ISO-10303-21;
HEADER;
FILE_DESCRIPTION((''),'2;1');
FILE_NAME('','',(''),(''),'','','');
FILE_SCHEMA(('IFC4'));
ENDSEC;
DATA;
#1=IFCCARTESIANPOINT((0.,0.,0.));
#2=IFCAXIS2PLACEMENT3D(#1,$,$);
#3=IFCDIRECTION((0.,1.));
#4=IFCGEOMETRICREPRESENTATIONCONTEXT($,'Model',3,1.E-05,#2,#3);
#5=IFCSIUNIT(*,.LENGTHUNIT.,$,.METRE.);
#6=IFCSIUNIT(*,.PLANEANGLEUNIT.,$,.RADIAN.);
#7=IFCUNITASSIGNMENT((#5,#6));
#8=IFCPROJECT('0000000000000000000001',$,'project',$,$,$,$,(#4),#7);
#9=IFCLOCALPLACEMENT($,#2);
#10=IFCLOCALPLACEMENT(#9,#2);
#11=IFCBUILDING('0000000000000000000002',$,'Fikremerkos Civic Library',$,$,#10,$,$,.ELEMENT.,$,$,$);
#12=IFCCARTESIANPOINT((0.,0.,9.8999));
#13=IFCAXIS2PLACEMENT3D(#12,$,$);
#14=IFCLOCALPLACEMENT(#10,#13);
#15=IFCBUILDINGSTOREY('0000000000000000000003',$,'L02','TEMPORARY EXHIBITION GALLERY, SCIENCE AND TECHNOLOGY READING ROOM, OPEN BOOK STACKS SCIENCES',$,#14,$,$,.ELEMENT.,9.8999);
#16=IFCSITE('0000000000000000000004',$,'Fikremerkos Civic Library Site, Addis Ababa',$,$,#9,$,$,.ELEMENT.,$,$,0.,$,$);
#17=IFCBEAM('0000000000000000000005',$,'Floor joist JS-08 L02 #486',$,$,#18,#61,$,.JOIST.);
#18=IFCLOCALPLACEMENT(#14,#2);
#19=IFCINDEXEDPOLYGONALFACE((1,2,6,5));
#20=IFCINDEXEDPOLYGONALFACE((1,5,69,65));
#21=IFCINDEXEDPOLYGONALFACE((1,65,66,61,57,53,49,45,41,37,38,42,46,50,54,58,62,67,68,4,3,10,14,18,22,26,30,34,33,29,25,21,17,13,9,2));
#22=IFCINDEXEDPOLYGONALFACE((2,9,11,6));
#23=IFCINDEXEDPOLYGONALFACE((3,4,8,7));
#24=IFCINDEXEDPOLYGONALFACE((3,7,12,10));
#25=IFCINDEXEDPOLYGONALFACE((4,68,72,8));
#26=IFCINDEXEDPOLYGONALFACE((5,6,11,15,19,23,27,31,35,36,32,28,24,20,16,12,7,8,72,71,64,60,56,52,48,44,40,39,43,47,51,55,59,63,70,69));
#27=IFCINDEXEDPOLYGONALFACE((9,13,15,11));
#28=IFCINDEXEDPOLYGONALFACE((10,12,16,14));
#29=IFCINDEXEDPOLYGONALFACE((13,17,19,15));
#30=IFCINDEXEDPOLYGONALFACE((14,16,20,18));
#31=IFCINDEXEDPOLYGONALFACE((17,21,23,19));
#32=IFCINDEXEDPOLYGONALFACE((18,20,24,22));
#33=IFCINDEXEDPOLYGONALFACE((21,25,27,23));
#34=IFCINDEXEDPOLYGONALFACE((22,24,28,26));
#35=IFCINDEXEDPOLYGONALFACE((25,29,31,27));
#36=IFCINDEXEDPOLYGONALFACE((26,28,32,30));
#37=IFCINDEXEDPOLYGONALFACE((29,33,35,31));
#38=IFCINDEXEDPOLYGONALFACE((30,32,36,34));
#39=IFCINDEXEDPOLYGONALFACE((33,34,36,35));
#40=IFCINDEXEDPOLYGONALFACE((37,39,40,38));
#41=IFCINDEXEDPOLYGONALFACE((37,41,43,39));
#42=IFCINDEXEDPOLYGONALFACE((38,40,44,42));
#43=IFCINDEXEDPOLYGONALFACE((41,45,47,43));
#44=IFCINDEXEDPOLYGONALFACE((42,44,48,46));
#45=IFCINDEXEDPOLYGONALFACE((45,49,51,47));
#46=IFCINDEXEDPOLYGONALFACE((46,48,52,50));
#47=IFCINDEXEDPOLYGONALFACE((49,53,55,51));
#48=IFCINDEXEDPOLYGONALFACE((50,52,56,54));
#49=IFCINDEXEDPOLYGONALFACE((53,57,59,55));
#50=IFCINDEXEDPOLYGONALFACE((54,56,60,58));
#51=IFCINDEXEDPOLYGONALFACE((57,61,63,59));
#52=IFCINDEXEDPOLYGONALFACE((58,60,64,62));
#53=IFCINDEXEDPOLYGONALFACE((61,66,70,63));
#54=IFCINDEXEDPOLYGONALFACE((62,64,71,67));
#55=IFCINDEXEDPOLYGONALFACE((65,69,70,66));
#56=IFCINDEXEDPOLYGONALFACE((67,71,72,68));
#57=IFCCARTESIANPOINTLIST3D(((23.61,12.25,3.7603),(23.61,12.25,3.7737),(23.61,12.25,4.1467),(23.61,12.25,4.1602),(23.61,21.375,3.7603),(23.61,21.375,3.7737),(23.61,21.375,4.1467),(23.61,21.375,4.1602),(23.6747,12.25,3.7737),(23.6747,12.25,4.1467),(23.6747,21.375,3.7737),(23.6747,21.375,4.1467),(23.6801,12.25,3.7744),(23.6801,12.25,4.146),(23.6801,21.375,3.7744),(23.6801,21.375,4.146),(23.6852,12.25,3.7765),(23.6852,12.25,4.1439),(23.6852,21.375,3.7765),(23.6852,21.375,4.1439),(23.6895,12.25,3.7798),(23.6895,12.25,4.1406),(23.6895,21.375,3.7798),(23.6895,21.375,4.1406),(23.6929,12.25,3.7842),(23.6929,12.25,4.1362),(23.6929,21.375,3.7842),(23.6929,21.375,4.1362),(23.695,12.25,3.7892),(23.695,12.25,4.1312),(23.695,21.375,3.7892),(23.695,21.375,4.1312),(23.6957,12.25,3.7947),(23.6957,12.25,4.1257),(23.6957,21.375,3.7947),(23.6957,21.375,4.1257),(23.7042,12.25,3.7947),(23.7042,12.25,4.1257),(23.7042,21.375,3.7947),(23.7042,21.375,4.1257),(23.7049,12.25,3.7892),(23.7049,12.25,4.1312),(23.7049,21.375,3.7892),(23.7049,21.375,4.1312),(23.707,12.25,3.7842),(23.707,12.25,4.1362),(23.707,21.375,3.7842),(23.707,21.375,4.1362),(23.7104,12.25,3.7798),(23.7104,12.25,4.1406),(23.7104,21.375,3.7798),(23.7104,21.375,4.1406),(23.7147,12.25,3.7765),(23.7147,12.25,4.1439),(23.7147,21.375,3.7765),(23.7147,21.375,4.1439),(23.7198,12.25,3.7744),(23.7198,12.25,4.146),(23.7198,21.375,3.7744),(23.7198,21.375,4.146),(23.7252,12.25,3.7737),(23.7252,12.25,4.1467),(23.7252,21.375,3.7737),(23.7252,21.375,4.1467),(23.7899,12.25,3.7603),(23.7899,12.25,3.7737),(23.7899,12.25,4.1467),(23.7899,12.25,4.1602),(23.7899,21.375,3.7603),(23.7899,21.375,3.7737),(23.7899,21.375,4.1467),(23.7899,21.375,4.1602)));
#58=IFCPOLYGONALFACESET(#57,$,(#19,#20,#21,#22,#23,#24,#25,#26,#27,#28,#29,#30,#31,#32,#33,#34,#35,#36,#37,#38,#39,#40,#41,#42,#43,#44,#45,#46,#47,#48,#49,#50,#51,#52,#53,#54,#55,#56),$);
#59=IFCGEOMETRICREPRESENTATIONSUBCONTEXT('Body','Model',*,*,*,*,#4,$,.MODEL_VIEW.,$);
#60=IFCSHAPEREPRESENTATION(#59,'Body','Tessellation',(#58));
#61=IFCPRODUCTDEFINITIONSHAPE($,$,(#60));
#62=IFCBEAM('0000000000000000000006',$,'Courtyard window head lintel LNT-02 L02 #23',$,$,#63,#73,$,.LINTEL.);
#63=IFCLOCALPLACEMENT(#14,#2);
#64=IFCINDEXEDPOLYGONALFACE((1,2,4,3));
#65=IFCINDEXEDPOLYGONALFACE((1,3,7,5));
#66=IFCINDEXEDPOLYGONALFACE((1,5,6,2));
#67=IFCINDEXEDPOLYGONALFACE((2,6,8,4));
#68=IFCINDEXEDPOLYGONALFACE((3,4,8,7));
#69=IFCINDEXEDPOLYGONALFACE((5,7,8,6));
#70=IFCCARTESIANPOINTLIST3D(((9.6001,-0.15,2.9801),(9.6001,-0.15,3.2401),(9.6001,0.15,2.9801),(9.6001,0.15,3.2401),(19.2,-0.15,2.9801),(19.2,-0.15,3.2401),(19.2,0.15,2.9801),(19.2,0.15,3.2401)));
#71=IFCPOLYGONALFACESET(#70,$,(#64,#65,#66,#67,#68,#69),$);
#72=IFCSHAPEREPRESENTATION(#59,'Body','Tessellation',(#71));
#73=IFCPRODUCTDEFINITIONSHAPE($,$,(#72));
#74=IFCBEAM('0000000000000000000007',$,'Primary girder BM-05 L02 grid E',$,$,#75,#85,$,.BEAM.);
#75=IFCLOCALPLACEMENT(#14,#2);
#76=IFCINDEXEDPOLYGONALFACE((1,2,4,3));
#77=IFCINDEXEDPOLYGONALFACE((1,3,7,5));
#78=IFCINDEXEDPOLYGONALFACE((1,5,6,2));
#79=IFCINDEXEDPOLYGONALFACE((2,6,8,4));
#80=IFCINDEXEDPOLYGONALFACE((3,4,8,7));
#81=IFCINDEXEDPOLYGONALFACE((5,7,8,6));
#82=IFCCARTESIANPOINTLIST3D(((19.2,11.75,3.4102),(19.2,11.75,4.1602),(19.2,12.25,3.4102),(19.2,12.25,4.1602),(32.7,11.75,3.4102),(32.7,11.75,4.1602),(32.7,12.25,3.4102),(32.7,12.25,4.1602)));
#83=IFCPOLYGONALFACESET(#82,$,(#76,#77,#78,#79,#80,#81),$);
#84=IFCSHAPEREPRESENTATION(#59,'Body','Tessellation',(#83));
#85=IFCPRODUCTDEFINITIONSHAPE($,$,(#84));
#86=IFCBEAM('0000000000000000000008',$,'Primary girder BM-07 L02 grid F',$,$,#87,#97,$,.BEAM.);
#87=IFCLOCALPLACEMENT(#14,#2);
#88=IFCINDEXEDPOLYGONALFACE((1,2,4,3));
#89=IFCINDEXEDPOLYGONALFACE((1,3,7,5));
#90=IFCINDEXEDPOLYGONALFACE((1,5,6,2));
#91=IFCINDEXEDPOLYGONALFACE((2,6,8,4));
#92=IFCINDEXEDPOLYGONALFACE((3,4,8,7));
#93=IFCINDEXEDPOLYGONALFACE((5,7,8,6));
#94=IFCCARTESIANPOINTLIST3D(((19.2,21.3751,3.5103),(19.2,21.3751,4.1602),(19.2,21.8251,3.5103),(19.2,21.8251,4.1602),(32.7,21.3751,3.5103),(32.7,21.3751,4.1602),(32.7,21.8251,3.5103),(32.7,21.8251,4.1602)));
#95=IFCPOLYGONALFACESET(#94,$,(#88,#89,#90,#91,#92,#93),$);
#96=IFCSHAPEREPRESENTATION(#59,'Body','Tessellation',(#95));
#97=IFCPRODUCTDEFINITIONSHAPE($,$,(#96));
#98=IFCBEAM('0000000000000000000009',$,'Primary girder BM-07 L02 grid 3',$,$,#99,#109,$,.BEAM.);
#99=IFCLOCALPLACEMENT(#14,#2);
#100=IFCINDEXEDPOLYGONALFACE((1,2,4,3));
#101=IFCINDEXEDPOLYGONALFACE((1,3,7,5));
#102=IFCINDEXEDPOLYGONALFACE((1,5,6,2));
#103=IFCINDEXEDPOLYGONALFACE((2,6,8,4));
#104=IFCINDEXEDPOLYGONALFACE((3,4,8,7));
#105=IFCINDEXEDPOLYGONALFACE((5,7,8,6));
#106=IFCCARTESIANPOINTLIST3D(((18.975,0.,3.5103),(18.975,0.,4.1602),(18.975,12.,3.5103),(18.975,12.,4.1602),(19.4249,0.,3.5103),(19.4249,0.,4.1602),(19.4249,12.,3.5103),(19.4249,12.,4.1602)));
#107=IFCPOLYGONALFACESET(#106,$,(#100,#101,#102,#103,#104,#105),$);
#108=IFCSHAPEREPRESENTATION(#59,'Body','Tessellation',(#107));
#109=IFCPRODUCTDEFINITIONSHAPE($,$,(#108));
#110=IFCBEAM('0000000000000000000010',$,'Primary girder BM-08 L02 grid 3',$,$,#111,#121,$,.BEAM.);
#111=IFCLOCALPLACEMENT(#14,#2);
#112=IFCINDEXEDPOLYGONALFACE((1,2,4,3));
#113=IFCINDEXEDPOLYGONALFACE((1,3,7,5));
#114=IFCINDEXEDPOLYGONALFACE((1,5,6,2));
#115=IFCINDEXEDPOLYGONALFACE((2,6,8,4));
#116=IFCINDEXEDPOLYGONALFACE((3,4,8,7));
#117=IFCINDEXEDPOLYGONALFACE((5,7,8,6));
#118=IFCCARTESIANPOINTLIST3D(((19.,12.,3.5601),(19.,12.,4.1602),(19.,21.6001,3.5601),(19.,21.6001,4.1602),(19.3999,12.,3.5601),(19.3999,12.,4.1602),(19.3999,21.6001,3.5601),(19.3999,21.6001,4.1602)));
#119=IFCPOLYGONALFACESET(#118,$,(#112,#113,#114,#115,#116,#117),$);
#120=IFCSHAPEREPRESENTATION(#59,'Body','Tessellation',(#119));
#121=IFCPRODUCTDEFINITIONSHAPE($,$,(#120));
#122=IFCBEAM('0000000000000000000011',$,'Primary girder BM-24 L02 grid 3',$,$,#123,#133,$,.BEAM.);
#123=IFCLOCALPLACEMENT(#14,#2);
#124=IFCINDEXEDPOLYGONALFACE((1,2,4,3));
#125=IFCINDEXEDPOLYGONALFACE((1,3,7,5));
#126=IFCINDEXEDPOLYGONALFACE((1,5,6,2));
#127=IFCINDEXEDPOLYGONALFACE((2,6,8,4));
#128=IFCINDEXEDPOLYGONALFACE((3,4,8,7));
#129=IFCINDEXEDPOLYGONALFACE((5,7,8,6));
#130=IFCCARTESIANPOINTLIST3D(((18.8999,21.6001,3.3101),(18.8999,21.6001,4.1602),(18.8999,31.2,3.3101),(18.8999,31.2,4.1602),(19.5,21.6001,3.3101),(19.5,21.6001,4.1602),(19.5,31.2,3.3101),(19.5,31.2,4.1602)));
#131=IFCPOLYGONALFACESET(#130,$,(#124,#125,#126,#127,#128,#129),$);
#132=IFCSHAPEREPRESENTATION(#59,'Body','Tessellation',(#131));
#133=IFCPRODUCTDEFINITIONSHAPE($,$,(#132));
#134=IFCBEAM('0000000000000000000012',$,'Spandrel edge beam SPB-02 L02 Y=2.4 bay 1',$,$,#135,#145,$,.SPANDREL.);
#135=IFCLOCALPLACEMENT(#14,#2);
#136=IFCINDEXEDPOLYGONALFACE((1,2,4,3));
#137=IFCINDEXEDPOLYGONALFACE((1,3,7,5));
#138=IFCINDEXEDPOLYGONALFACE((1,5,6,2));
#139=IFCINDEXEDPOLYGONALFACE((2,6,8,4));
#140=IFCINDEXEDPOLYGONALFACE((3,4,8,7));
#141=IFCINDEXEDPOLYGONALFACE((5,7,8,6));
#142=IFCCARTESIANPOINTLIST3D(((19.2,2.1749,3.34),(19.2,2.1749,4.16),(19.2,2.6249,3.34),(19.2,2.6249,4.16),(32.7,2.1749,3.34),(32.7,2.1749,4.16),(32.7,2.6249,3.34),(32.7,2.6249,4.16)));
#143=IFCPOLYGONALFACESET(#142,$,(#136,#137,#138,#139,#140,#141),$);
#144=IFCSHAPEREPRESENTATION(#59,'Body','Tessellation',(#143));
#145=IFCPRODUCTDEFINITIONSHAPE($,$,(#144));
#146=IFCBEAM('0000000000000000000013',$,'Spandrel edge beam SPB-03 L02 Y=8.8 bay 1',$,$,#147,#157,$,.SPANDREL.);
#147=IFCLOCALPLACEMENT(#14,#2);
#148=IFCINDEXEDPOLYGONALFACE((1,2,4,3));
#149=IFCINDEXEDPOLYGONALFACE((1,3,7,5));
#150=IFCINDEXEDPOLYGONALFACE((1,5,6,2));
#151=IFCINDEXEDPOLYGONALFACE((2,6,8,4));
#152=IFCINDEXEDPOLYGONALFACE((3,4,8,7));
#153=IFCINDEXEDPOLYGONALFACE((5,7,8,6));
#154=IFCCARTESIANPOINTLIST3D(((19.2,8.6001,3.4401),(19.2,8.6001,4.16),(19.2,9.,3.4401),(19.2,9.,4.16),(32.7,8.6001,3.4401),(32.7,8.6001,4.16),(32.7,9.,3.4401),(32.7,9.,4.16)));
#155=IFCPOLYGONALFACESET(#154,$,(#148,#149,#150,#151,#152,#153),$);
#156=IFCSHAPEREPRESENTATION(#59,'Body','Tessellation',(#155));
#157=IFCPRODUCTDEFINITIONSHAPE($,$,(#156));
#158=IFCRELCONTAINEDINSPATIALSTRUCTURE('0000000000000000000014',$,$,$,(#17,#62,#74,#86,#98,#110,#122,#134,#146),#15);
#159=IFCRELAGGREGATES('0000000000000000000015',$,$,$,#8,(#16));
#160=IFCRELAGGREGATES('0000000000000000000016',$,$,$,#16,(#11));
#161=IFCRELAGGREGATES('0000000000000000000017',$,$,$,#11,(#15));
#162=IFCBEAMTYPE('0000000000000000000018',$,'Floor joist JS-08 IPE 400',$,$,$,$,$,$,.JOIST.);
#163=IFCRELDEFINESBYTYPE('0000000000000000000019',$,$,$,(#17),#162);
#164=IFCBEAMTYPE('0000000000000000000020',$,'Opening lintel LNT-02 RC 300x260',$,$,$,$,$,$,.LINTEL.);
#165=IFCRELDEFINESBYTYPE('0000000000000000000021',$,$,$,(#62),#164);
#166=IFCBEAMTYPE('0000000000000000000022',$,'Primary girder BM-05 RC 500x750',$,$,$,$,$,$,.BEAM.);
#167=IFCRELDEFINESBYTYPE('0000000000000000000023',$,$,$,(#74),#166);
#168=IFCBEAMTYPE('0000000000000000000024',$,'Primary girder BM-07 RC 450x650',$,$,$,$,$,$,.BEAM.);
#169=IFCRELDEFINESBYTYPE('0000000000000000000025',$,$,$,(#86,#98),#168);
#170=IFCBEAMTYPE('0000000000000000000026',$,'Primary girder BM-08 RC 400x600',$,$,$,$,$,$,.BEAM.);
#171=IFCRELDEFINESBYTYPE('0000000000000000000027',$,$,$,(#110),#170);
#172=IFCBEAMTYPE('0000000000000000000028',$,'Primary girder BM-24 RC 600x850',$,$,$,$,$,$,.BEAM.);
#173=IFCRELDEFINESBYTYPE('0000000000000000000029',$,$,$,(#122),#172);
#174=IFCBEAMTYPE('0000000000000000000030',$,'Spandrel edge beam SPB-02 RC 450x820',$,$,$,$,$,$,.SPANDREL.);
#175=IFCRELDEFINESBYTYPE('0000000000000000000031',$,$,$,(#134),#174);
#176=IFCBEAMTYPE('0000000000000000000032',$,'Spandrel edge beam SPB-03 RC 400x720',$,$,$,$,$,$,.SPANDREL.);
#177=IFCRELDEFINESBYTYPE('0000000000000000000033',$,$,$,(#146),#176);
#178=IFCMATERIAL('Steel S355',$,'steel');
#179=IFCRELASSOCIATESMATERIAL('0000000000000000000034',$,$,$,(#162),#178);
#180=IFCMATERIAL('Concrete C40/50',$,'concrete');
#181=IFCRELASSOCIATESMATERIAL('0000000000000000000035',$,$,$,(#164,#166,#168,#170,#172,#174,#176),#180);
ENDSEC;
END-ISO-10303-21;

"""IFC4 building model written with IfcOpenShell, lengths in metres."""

from ifc_helpers import new_model, si_unit, direction, frame, origin, origin_2d, place, context, subcontext, project, spatial, rectangle, i_section, extrude, material, material_profile, profile_set, type_object, element, save


model = new_model("IFC4")

# Units and contexts
model_context = context("Model", 3, precision=1e-05, world=origin(), true_north=direction((0.0, 1.0)))
body_context = subcontext(model_context, "Body", "Model", "MODEL_VIEW")
ifc_project = project(units=[si_unit("LENGTHUNIT", "METRE"), si_unit("PLANEANGLEUNIT", "RADIAN")], contexts=[model_context])

# Site, building, storey
site_placement = place(None, origin())
site = spatial("IfcSite", under=ifc_project, at=site_placement, Name="Fikremerkos Civic Library Site, Addis Ababa", CompositionType="ELEMENT", RefElevation=0.0)
building_placement = place(site_placement, origin())
building = spatial("IfcBuilding", under=site, at=building_placement, Name="Fikremerkos Civic Library", CompositionType="ELEMENT")
storey_placement = place(building_placement, frame((0.0, 0.0, 9.8999)))
storey = spatial("IfcBuildingStorey", under=building, at=storey_placement, Name="L02", Description="TEMPORARY EXHIBITION GALLERY, SCIENCE AND TECHNOLOGY READING ROOM, OPEN BOOK STACKS SCIENCES", CompositionType="ELEMENT", Elevation=9.8999)

# Shared definitions
ifc_material_1 = material(Name="Concrete C40/50", Category="concrete")
ifc_material_2 = material(Name="Steel S355", Category="steel")

# Beams
ifc_material_profile_1 = material_profile(ifc_material_2, i_section(OverallWidth=0.1799, OverallDepth=0.3999, WebThickness=0.0085, FlangeThickness=0.0134, FilletRadius=0.021, at=origin_2d()), Name="IPE 400")
ifc_profile_set_1 = profile_set([ifc_material_profile_1], Name="Steel S355")
beam_type_1 = type_object("IfcBeamType", Name="Floor joist JS-08 IPE 400", PredefinedType="JOIST", material=ifc_profile_set_1)
beam_1_placement = place(storey_placement, frame((23.7, 12.25, 3.9602), z_axis=(0.0, 1.0, 0.0), x_axis=(-1.0, 0.0, 0.0)))
element("IfcBeam", 1, at=beam_1_placement, inside=storey, type_object=beam_type_1, Name="Floor joist JS-08 L02 #486", PredefinedType="JOIST", context=body_context, shape_type="SweptSolid", body=[
    extrude(i_section(OverallWidth=0.1799, OverallDepth=0.3999, WebThickness=0.0085, FlangeThickness=0.0134, FilletRadius=0.021, at=origin_2d()), origin(), (0.0, 0.0, 1.0), 9.125),
])
ifc_material_profile_2 = material_profile(ifc_material_1, rectangle(XDim=0.3, YDim=0.26, at=origin_2d()), Name="RC 300x260")
ifc_profile_set_2 = profile_set([ifc_material_profile_2], Name="Concrete C40/50")
beam_type_2 = type_object("IfcBeamType", Name="Opening lintel LNT-02 RC 300x260", PredefinedType="LINTEL", material=ifc_profile_set_2)
beam_2_placement = place(storey_placement, frame((19.2, 0.0, 3.1101), z_axis=(-1.0, 0.0, 0.0), x_axis=(0.0, -1.0, 0.0)))
element("IfcBeam", 2, at=beam_2_placement, inside=storey, type_object=beam_type_2, Name="Courtyard window head lintel LNT-02 L02 #23", PredefinedType="LINTEL", context=body_context, shape_type="SweptSolid", body=[
    extrude(rectangle(XDim=0.3, YDim=0.26, at=origin_2d()), origin(), (0.0, 0.0, 1.0), 9.5999),
])
ifc_material_profile_3 = material_profile(ifc_material_1, rectangle(XDim=0.5, YDim=0.75, at=origin_2d()), Name="RC 500x750")
ifc_profile_set_3 = profile_set([ifc_material_profile_3], Name="Concrete C40/50")
beam_type_3 = type_object("IfcBeamType", Name="Primary girder BM-05 RC 500x750", PredefinedType="BEAM", material=ifc_profile_set_3)
beam_3_placement = place(storey_placement, frame((19.2, 12.0, 3.7852), z_axis=(1.0, 0.0, 0.0), x_axis=(0.0, 1.0, 0.0)))
element("IfcBeam", 3, at=beam_3_placement, inside=storey, type_object=beam_type_3, Name="Primary girder BM-05 L02 grid E", PredefinedType="BEAM", context=body_context, shape_type="SweptSolid", body=[
    extrude(rectangle(XDim=0.5, YDim=0.75, at=origin_2d()), origin(), (0.0, 0.0, 1.0), 13.5),
])
ifc_material_profile_4 = material_profile(ifc_material_1, rectangle(XDim=0.45, YDim=0.6499, at=origin_2d()), Name="RC 450x650")
ifc_profile_set_4 = profile_set([ifc_material_profile_4], Name="Concrete C40/50")
beam_type_4 = type_object("IfcBeamType", Name="Primary girder BM-07 RC 450x650", PredefinedType="BEAM", material=ifc_profile_set_4)
beam_4_placement = place(storey_placement, frame((19.2, 21.6001, 3.8352), z_axis=(1.0, 0.0, 0.0), x_axis=(0.0, 1.0, 0.0)))
element("IfcBeam", 4, at=beam_4_placement, inside=storey, type_object=beam_type_4, Name="Primary girder BM-07 L02 grid F", PredefinedType="BEAM", context=body_context, shape_type="SweptSolid", body=[
    extrude(rectangle(XDim=0.45, YDim=0.6499, at=origin_2d()), origin(), (0.0, 0.0, 1.0), 13.5),
])
beam_5_placement = place(storey_placement, frame((19.2, 0.0, 3.8352), z_axis=(0.0, 1.0, 0.0), x_axis=(-1.0, 0.0, 0.0)))
element("IfcBeam", 5, at=beam_5_placement, inside=storey, type_object=beam_type_4, Name="Primary girder BM-07 L02 grid 3", PredefinedType="BEAM", context=body_context, shape_type="SweptSolid", body=[
    extrude(rectangle(XDim=0.45, YDim=0.6499, at=origin_2d()), origin(), (0.0, 0.0, 1.0), 12.0),
])
ifc_material_profile_5 = material_profile(ifc_material_1, rectangle(XDim=0.3999, YDim=0.6001, at=origin_2d()), Name="RC 400x600")
ifc_profile_set_5 = profile_set([ifc_material_profile_5], Name="Concrete C40/50")
beam_type_5 = type_object("IfcBeamType", Name="Primary girder BM-08 RC 400x600", PredefinedType="BEAM", material=ifc_profile_set_5)
beam_6_placement = place(storey_placement, frame((19.2, 12.0, 3.8601), z_axis=(0.0, 1.0, 0.0), x_axis=(-1.0, 0.0, 0.0)))
element("IfcBeam", 6, at=beam_6_placement, inside=storey, type_object=beam_type_5, Name="Primary girder BM-08 L02 grid 3", PredefinedType="BEAM", context=body_context, shape_type="SweptSolid", body=[
    extrude(rectangle(XDim=0.3999, YDim=0.6001, at=origin_2d()), origin(), (0.0, 0.0, 1.0), 9.6001),
])
ifc_material_profile_6 = material_profile(ifc_material_1, rectangle(XDim=0.6001, YDim=0.8501, at=origin_2d()), Name="RC 600x850")
ifc_profile_set_6 = profile_set([ifc_material_profile_6], Name="Concrete C40/50")
beam_type_6 = type_object("IfcBeamType", Name="Primary girder BM-24 RC 600x850", PredefinedType="BEAM", material=ifc_profile_set_6)
beam_7_placement = place(storey_placement, frame((19.2, 21.6001, 3.7351), z_axis=(0.0, 1.0, 0.0), x_axis=(-1.0, 0.0, 0.0)))
element("IfcBeam", 7, at=beam_7_placement, inside=storey, type_object=beam_type_6, Name="Primary girder BM-24 L02 grid 3", PredefinedType="BEAM", context=body_context, shape_type="SweptSolid", body=[
    extrude(rectangle(XDim=0.6001, YDim=0.8501, at=origin_2d()), origin(), (0.0, 0.0, 1.0), 9.5999),
])
ifc_material_profile_7 = material_profile(ifc_material_1, rectangle(XDim=0.45, YDim=0.8201, at=origin_2d()), Name="RC 450x820")
ifc_profile_set_7 = profile_set([ifc_material_profile_7], Name="Concrete C40/50")
beam_type_7 = type_object("IfcBeamType", Name="Spandrel edge beam SPB-02 RC 450x820", PredefinedType="SPANDREL", material=ifc_profile_set_7)
beam_8_placement = place(storey_placement, frame((19.2, 2.3999, 3.75), z_axis=(1.0, 0.0, 0.0), x_axis=(0.0, 1.0, 0.0)))
element("IfcBeam", 8, at=beam_8_placement, inside=storey, type_object=beam_type_7, Name="Spandrel edge beam SPB-02 L02 Y=2.4 bay 1", PredefinedType="SPANDREL", context=body_context, shape_type="SweptSolid", body=[
    extrude(rectangle(XDim=0.45, YDim=0.8201, at=origin_2d()), origin(), (0.0, 0.0, 1.0), 13.5),
])
ifc_material_profile_8 = material_profile(ifc_material_1, rectangle(XDim=0.3999, YDim=0.72, at=origin_2d()), Name="RC 400x720")
ifc_profile_set_8 = profile_set([ifc_material_profile_8], Name="Concrete C40/50")
beam_type_8 = type_object("IfcBeamType", Name="Spandrel edge beam SPB-03 RC 400x720", PredefinedType="SPANDREL", material=ifc_profile_set_8)
beam_9_placement = place(storey_placement, frame((19.2, 8.8, 3.8), z_axis=(1.0, 0.0, 0.0), x_axis=(0.0, 1.0, 0.0)))
element("IfcBeam", 9, at=beam_9_placement, inside=storey, type_object=beam_type_8, Name="Spandrel edge beam SPB-03 L02 Y=8.8 bay 1", PredefinedType="SPANDREL", context=body_context, shape_type="SweptSolid", body=[
    extrude(rectangle(XDim=0.3999, YDim=0.72, at=origin_2d()), origin(), (0.0, 0.0, 1.0), 13.5),
])

save(model, "model.ifc")
